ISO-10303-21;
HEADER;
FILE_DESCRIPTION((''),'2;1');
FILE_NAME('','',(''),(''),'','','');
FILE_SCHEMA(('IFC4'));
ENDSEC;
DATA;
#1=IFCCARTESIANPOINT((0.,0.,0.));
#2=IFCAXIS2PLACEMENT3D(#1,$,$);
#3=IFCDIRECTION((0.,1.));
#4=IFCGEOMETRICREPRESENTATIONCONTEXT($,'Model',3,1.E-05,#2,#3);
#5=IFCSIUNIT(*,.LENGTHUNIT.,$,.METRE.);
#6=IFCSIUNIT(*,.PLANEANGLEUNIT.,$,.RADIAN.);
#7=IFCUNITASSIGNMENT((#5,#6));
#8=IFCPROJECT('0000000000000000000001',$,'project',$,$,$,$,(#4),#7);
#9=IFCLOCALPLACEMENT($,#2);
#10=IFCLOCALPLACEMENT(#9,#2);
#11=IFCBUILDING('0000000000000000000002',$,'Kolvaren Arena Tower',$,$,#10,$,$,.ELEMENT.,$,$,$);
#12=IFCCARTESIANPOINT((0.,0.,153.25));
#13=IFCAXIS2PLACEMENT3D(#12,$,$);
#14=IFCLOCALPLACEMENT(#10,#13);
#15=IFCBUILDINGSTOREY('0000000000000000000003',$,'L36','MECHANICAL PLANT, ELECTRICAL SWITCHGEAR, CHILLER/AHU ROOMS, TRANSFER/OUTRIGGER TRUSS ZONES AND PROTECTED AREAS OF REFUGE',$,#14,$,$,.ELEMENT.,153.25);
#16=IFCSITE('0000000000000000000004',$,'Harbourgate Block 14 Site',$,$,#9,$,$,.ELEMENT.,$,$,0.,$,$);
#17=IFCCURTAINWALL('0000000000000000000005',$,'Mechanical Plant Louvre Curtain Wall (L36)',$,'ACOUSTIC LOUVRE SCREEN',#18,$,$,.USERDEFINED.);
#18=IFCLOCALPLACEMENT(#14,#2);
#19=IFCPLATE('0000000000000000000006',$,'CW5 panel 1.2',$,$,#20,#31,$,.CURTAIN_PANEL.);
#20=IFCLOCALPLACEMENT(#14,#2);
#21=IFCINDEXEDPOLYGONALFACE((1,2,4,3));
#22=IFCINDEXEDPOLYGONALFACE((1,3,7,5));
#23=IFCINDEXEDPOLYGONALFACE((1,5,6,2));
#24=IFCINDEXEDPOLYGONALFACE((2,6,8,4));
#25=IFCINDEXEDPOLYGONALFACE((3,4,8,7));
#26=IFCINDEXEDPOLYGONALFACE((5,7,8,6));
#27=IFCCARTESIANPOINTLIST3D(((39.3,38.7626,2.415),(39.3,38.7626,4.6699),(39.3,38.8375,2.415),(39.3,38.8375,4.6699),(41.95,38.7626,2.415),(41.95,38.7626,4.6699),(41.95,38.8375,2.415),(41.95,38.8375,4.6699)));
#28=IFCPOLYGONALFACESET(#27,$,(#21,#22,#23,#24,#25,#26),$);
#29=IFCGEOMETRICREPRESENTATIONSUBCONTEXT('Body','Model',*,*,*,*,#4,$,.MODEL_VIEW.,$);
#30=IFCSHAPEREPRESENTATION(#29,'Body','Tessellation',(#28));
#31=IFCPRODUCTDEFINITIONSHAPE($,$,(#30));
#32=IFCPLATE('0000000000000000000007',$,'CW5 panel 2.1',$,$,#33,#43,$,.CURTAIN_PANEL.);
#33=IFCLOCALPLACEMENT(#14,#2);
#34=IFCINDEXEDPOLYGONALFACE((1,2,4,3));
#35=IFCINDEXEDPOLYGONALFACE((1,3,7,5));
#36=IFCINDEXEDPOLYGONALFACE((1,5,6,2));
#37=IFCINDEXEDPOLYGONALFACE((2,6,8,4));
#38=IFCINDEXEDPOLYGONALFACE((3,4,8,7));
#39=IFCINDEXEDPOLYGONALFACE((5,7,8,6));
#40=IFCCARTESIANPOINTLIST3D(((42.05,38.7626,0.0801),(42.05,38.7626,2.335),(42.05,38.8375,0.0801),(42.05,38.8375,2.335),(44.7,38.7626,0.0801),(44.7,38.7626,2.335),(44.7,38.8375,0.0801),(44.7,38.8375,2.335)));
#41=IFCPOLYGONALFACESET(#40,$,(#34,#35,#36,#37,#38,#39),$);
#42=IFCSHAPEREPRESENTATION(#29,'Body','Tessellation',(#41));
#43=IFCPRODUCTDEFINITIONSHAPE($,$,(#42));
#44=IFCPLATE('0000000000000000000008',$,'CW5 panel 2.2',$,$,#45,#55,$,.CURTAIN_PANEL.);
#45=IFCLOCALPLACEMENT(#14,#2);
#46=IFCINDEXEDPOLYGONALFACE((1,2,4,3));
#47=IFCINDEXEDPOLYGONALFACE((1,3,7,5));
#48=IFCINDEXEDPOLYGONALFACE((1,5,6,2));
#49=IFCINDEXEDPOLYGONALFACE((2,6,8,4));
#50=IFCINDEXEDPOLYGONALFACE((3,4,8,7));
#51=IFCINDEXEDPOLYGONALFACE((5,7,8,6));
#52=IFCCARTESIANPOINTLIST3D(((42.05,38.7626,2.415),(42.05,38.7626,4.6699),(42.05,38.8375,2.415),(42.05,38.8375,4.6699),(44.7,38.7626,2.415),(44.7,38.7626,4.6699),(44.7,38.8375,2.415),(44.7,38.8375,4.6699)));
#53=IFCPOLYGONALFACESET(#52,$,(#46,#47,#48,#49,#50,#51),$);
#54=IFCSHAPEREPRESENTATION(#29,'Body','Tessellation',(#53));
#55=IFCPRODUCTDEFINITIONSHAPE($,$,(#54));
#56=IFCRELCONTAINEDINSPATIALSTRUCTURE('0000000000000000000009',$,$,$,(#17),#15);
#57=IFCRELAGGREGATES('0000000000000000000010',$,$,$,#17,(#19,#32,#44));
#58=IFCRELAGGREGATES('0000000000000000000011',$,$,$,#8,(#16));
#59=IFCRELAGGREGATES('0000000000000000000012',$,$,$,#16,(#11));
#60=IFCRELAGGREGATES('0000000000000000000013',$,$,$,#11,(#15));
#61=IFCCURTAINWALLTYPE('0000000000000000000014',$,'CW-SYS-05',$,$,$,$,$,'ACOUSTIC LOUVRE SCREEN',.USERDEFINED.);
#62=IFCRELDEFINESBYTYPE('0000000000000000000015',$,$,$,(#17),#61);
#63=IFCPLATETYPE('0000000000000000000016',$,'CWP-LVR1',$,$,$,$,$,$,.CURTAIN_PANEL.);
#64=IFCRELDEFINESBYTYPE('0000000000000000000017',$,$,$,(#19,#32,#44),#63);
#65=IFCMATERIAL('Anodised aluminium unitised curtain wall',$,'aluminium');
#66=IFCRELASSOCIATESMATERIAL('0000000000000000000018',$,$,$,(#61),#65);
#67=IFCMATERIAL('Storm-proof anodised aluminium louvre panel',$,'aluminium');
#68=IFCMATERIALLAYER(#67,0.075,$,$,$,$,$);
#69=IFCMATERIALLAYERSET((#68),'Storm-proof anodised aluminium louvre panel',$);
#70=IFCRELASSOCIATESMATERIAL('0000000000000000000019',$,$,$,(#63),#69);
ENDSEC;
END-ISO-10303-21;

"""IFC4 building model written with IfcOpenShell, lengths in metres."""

from ifc_helpers import new_model, si_unit, direction, frame, origin, origin_2d, place, context, subcontext, project, spatial, rectangle, extrude, material, layer, layer_set, type_object, element, aggregate, save


model = new_model("IFC4")

# Units and contexts
model_context = context("Model", 3, precision=1e-05, world=origin(), true_north=direction((0.0, 1.0)))
body_context = subcontext(model_context, "Body", "Model", "MODEL_VIEW")
ifc_project = project(units=[si_unit("LENGTHUNIT", "METRE"), si_unit("PLANEANGLEUNIT", "RADIAN")], contexts=[model_context])

# Site, building, storey
site_placement = place(None, origin())
site = spatial("IfcSite", under=ifc_project, at=site_placement, Name="Harbourgate Block 14 Site", CompositionType="ELEMENT", RefElevation=0.0)
building_placement = place(site_placement, origin())
building = spatial("IfcBuilding", under=site, at=building_placement, Name="Kolvaren Arena Tower", CompositionType="ELEMENT")
storey_placement = place(building_placement, frame((0.0, 0.0, 153.25)))
storey = spatial("IfcBuildingStorey", under=building, at=storey_placement, Name="L36", Description="MECHANICAL PLANT, ELECTRICAL SWITCHGEAR, CHILLER/AHU ROOMS, TRANSFER/OUTRIGGER TRUSS ZONES AND PROTECTED AREAS OF REFUGE", CompositionType="ELEMENT", Elevation=153.25)

# Curtain wall
ifc_material_1 = material(Name="Anodised aluminium unitised curtain wall", Category="aluminium")
curtain_wall_type = type_object("IfcCurtainWallType", Name="CW-SYS-05", ElementType="ACOUSTIC LOUVRE SCREEN", PredefinedType="USERDEFINED", material=ifc_material_1)
curtain_wall_placement = place(storey_placement, origin())
curtain_wall = element("IfcCurtainWall", 1, at=curtain_wall_placement, inside=storey, type_object=curtain_wall_type, Name="Mechanical Plant Louvre Curtain Wall (L36)", ObjectType="ACOUSTIC LOUVRE SCREEN", PredefinedType="USERDEFINED")

# Plates
ifc_material_2 = material(Name="Storm-proof anodised aluminium louvre panel", Category="aluminium")
ifc_layer = layer(ifc_material_2, 0.075)
ifc_layer_set = layer_set([ifc_layer], Name="Storm-proof anodised aluminium louvre panel")
plate_type = type_object("IfcPlateType", Name="CWP-LVR1", PredefinedType="CURTAIN_PANEL", material=ifc_layer_set)
plate_1_placement = place(storey_placement, frame((40.625, 38.8, 2.415), z_axis=(0.0, 0.0, 1.0), x_axis=(1.0, 0.0, 0.0)))
plate_1 = element("IfcPlate", 2, at=plate_1_placement, type_object=plate_type, Name="CW5 panel 1.2", PredefinedType="CURTAIN_PANEL", context=body_context, shape_type="SweptSolid", body=[
    extrude(rectangle(XDim=2.6499, YDim=0.075, at=origin_2d()), origin(), (0.0, 0.0, 1.0), 2.2549),
])
plate_2_placement = place(storey_placement, frame((43.375, 38.8, 0.0801), z_axis=(0.0, 0.0, 1.0), x_axis=(1.0, 0.0, 0.0)))
plate_2 = element("IfcPlate", 3, at=plate_2_placement, type_object=plate_type, Name="CW5 panel 2.1", PredefinedType="CURTAIN_PANEL", context=body_context, shape_type="SweptSolid", body=[
    extrude(rectangle(XDim=2.6499, YDim=0.075, at=origin_2d()), origin(), (0.0, 0.0, 1.0), 2.2549),
])
plate_3_placement = place(storey_placement, frame((43.375, 38.8, 2.415), z_axis=(0.0, 0.0, 1.0), x_axis=(1.0, 0.0, 0.0)))
plate_3 = element("IfcPlate", 4, at=plate_3_placement, type_object=plate_type, Name="CW5 panel 2.2", PredefinedType="CURTAIN_PANEL", context=body_context, shape_type="SweptSolid", body=[
    extrude(rectangle(XDim=2.6499, YDim=0.075, at=origin_2d()), origin(), (0.0, 0.0, 1.0), 2.2549),
])
aggregate(curtain_wall, [plate_1, plate_2, plate_3])

save(model, "model.ifc")
